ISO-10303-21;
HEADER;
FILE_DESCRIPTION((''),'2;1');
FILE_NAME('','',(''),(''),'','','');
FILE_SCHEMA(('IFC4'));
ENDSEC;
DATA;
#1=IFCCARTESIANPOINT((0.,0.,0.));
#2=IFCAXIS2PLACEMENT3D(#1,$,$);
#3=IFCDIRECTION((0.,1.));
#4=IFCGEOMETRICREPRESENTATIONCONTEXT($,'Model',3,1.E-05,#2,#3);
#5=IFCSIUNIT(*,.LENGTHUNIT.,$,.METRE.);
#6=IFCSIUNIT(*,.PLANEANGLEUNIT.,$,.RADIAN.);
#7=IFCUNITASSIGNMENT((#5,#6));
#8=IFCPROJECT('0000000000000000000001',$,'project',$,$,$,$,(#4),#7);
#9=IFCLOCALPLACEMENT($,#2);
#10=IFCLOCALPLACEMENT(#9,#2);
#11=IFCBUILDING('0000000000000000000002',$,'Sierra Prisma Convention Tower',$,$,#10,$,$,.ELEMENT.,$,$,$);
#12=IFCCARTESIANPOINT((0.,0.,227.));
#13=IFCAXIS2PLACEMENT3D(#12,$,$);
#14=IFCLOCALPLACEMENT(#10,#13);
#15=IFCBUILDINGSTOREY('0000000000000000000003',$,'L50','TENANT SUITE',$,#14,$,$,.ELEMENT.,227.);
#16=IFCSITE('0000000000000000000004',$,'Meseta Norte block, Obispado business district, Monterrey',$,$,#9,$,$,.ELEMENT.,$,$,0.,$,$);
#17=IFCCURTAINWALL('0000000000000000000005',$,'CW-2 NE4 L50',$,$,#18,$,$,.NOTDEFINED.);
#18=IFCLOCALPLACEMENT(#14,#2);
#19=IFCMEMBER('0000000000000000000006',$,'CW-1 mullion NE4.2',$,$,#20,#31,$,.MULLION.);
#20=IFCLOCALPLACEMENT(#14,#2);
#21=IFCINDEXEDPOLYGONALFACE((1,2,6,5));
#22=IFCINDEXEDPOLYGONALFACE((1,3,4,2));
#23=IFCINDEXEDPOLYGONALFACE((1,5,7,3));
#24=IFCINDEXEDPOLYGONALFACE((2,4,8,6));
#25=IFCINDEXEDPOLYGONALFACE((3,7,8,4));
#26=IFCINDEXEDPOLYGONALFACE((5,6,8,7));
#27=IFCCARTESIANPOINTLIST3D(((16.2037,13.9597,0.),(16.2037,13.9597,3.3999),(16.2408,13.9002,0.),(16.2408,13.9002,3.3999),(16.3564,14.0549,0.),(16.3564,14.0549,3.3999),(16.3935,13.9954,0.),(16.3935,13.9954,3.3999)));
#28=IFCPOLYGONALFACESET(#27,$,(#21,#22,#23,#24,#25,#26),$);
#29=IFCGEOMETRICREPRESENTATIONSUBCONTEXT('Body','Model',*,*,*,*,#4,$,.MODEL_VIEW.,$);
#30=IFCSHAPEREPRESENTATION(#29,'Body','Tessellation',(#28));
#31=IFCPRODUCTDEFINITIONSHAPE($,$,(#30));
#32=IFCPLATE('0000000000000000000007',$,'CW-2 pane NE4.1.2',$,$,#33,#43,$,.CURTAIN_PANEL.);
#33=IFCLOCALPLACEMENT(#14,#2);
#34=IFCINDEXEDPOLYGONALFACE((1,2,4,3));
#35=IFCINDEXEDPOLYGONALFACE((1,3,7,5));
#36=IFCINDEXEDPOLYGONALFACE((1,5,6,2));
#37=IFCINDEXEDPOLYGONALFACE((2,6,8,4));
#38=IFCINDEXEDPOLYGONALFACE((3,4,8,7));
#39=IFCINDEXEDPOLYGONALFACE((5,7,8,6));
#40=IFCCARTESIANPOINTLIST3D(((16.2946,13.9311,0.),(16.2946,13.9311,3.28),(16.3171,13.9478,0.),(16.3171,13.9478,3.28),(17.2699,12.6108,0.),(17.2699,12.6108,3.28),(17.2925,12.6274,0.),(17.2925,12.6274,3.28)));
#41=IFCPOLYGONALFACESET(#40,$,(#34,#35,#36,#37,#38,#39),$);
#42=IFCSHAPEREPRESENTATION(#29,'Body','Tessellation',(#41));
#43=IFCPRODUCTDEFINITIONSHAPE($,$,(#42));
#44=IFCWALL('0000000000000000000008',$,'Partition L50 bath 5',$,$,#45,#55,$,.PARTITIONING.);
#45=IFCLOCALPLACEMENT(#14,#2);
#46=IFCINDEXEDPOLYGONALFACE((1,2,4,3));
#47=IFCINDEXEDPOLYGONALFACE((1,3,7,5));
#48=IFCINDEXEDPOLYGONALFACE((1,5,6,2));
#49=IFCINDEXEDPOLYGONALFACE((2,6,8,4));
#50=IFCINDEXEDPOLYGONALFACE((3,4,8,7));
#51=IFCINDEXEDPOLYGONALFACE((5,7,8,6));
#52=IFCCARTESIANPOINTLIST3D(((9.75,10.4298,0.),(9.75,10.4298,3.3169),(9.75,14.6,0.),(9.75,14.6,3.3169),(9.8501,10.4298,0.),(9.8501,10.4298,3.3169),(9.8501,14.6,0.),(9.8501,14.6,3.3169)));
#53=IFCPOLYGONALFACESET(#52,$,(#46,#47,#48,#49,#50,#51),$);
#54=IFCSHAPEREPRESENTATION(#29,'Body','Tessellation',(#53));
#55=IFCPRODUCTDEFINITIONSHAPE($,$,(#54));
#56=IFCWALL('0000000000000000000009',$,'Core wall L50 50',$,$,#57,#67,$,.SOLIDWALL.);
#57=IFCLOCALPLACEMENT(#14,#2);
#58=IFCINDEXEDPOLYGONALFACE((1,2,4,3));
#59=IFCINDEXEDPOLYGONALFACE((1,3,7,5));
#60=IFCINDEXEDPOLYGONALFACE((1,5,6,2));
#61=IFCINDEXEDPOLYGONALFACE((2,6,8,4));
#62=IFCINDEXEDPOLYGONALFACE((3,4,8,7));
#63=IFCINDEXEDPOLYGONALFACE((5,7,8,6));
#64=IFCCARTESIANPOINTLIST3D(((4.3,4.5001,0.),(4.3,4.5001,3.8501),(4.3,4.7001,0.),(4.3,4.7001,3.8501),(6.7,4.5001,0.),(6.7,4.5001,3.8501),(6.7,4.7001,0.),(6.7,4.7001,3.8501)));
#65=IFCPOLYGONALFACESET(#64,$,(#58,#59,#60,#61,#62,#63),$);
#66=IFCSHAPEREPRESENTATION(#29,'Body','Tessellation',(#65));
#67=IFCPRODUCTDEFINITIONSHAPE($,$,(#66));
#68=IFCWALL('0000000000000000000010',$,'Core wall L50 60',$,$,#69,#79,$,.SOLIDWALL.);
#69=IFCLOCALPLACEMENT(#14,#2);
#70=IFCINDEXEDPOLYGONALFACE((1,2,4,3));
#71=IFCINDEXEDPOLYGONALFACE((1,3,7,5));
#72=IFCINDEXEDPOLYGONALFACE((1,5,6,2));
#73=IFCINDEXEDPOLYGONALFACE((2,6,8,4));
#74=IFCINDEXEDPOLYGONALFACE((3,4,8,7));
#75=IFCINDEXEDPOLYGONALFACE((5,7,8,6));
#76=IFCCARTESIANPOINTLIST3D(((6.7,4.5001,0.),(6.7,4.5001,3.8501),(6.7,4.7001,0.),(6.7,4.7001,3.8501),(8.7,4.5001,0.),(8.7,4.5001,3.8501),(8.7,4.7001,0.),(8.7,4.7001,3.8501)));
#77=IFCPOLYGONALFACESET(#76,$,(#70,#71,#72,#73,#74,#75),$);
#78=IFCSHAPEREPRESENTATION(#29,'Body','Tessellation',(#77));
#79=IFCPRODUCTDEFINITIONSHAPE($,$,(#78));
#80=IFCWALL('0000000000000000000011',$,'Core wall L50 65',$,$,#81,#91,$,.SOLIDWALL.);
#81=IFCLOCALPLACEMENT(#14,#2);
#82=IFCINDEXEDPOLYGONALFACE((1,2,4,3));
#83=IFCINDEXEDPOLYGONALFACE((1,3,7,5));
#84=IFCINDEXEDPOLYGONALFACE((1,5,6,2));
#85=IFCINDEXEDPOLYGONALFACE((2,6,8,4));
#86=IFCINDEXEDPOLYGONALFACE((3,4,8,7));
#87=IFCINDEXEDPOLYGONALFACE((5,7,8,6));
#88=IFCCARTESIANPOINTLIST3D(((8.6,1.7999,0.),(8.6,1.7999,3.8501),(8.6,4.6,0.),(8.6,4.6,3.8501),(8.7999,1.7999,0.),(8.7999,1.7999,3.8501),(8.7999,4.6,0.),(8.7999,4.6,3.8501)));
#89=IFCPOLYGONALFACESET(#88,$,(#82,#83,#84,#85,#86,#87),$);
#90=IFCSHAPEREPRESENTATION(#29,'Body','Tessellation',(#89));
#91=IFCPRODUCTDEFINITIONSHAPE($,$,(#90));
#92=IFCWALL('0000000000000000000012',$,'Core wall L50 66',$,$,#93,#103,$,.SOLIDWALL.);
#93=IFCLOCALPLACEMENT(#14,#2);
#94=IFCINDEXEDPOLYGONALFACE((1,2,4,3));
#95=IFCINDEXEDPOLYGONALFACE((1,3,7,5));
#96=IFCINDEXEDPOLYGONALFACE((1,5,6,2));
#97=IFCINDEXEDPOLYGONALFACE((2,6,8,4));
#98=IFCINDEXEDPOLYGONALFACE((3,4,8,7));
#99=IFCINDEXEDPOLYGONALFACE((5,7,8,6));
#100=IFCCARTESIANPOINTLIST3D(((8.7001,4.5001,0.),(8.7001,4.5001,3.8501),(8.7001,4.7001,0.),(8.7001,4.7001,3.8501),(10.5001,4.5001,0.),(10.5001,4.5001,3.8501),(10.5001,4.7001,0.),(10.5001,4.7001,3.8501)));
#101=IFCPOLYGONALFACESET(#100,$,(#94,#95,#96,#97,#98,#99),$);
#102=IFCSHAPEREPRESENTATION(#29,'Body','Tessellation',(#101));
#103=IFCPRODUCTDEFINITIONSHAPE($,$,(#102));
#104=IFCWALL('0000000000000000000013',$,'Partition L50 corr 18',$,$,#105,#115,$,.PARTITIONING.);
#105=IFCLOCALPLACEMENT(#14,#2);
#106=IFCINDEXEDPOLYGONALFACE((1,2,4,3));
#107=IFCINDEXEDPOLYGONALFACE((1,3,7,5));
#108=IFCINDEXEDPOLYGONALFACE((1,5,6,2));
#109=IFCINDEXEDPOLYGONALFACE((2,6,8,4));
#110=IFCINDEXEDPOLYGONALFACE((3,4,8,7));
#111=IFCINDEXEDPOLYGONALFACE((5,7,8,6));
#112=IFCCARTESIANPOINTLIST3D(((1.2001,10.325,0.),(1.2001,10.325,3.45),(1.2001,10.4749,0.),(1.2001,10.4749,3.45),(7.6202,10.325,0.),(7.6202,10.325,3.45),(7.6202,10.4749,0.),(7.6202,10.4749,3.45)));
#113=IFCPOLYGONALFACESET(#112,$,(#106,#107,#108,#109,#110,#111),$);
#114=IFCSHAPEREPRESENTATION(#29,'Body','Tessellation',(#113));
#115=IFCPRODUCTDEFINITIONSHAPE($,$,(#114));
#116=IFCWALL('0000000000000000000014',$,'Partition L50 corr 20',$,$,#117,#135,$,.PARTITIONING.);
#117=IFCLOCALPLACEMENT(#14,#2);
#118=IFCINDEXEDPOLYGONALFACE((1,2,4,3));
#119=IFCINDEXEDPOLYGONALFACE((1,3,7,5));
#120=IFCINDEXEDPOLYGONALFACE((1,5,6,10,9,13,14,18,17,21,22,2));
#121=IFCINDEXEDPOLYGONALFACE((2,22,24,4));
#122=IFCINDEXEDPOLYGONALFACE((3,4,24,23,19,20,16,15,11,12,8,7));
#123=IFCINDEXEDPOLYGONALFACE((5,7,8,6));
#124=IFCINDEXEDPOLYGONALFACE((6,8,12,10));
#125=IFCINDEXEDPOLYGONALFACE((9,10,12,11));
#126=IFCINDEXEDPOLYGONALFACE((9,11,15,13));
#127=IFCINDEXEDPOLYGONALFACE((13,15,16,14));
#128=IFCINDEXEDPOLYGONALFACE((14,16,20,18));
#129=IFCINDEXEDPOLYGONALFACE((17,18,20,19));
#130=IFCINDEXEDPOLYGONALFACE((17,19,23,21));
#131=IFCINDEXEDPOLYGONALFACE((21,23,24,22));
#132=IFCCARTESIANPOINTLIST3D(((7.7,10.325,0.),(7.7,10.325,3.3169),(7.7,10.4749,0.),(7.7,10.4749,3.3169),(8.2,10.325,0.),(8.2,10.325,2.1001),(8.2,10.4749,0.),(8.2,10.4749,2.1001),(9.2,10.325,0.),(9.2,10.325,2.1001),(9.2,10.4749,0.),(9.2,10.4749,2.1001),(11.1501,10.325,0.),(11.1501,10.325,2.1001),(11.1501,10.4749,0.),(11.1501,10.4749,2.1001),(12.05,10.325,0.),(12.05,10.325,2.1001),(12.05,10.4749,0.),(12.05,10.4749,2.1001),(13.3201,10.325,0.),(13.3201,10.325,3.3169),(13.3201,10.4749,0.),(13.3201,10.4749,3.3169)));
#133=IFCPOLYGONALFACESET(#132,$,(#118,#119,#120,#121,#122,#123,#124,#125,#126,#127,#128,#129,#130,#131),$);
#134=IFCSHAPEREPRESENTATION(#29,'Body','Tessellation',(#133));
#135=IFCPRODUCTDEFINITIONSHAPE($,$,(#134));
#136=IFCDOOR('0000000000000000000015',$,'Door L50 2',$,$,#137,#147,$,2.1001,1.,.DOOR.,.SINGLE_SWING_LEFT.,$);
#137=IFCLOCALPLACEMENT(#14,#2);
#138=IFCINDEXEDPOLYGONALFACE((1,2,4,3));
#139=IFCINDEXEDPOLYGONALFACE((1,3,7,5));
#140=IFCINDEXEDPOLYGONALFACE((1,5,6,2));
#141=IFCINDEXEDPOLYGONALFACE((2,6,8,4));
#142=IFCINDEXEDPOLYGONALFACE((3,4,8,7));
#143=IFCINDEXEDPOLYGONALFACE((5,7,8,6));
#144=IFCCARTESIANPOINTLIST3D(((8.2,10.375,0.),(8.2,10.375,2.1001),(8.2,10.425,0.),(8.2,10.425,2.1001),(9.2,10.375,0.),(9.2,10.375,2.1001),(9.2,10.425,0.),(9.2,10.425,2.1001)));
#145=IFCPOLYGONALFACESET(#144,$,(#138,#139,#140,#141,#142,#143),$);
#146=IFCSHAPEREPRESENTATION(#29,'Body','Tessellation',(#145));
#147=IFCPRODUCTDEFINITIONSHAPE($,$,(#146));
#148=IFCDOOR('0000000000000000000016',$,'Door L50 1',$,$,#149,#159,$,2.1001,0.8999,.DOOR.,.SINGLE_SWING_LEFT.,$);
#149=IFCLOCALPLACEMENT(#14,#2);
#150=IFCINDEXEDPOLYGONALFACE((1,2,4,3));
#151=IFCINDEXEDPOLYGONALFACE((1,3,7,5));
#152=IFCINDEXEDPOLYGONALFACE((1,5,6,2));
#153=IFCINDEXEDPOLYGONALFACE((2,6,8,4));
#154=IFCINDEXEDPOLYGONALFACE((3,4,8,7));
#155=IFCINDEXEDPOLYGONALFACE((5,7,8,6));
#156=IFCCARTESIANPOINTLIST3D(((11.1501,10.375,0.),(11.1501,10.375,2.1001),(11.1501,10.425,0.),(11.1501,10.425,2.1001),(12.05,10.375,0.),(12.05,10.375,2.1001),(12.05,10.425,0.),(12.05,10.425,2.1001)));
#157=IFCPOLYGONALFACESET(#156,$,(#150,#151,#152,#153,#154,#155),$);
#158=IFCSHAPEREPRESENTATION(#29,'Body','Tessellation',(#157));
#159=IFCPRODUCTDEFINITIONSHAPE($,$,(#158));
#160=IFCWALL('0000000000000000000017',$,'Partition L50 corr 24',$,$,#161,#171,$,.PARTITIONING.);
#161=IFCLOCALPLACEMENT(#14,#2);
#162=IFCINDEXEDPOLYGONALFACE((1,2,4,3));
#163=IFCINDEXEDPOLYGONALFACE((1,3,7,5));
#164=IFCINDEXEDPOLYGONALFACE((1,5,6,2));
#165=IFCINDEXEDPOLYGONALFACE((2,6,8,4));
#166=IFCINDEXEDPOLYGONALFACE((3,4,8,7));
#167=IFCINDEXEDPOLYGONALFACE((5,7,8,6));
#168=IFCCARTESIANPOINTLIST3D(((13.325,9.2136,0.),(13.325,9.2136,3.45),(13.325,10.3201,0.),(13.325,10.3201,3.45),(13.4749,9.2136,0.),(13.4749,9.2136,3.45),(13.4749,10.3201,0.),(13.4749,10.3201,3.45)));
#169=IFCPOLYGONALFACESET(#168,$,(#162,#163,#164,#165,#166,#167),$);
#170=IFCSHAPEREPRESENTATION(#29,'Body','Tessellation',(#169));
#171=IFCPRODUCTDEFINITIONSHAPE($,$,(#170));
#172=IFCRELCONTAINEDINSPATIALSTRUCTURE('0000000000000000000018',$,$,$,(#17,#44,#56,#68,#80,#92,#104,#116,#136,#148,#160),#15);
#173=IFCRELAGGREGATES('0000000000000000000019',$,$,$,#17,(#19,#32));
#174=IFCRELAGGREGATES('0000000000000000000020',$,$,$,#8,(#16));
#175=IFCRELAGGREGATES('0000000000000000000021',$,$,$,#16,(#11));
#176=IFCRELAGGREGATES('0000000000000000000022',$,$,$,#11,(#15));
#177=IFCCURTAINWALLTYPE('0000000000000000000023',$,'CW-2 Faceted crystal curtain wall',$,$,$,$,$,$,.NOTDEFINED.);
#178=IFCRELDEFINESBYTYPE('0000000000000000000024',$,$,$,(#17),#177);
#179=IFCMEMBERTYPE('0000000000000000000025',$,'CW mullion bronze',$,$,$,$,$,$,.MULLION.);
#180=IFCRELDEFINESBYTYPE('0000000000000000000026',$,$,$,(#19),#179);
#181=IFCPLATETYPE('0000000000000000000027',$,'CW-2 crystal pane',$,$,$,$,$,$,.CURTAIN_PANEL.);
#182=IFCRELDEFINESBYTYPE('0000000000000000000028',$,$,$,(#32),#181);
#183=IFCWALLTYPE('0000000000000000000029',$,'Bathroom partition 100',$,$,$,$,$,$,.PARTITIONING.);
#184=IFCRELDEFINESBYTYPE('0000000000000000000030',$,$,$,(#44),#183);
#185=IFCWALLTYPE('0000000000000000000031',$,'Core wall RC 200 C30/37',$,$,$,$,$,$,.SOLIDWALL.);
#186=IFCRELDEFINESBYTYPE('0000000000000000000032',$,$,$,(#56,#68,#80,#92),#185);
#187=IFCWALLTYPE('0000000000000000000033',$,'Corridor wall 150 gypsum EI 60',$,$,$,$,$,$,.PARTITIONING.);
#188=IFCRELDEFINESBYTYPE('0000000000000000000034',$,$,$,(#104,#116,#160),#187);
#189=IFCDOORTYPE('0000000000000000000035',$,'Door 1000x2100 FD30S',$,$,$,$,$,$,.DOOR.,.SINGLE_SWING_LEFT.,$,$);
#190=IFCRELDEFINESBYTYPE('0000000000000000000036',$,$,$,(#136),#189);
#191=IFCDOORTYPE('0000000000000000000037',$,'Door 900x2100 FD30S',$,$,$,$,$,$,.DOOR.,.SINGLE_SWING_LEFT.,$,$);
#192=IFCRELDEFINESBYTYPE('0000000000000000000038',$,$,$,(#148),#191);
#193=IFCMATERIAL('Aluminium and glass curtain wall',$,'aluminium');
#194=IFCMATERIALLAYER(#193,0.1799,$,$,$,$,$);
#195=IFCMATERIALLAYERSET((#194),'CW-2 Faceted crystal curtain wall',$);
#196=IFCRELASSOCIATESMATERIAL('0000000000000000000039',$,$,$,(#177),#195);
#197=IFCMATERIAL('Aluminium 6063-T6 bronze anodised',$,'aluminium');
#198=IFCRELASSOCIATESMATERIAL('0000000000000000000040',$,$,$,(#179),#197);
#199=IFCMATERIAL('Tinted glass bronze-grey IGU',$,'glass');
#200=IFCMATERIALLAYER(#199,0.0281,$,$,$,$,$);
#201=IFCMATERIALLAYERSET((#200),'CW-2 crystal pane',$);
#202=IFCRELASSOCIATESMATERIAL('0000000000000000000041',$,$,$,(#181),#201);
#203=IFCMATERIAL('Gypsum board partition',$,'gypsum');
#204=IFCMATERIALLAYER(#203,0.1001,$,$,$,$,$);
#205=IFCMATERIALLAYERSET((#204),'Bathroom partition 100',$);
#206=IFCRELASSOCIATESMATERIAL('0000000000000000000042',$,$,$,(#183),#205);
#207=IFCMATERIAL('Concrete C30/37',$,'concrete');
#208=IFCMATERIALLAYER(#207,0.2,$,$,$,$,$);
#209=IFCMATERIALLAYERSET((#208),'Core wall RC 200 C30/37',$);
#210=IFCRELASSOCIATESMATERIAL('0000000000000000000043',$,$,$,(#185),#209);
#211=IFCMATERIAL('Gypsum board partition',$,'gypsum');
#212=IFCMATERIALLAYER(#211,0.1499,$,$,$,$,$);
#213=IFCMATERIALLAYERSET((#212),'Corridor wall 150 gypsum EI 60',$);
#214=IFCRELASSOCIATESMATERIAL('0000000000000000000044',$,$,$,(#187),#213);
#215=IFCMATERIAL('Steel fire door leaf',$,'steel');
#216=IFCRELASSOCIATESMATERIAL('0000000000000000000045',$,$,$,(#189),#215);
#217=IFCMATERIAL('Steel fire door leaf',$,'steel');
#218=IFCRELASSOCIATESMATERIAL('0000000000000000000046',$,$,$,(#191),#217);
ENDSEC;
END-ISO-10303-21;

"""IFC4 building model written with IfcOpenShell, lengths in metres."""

from ifc_helpers import new_model, si_unit, direction, frame, frame_2d, origin, origin_2d, place, context, subcontext, project, spatial, polyline, rectangle, outline, extrude, material, layer, layer_set, material_profile, profile_set, type_object, element, fill, aggregate, save


model = new_model("IFC4")

# Units and contexts
model_context = context("Model", 3, precision=1e-05, world=origin(), true_north=direction((0.0, 1.0)))
body_context = subcontext(model_context, "Body", "Model", "MODEL_VIEW")
ifc_project = project(units=[si_unit("LENGTHUNIT", "METRE"), si_unit("PLANEANGLEUNIT", "RADIAN")], contexts=[model_context])

# Site, building, storey
site_placement = place(None, origin())
site = spatial("IfcSite", under=ifc_project, at=site_placement, Name="Meseta Norte block, Obispado business district, Monterrey", CompositionType="ELEMENT", RefElevation=0.0)
building_placement = place(site_placement, origin())
building = spatial("IfcBuilding", under=site, at=building_placement, Name="Sierra Prisma Convention Tower", CompositionType="ELEMENT")
storey_placement = place(building_placement, frame((0.0, 0.0, 227.0)))
storey = spatial("IfcBuildingStorey", under=building, at=storey_placement, Name="L50", Description="TENANT SUITE", CompositionType="ELEMENT", Elevation=227.0)

# Curtain wall, member, plate
ifc_material_1 = material(Name="Aluminium and glass curtain wall", Category="aluminium")
ifc_layer_1 = layer(ifc_material_1, 0.1799)
ifc_layer_set_1 = layer_set([ifc_layer_1], Name="CW-2 Faceted crystal curtain wall")
curtain_wall_type = type_object("IfcCurtainWallType", Name="CW-2 Faceted crystal curtain wall", PredefinedType="NOTDEFINED", material=ifc_layer_set_1)
curtain_wall_placement = place(storey_placement, origin())
curtain_wall = element("IfcCurtainWall", 1, at=curtain_wall_placement, inside=storey, type_object=curtain_wall_type, Name="CW-2 NE4 L50", PredefinedType="NOTDEFINED")
ifc_material_2 = material(Name="Aluminium 6063-T6 bronze anodised", Category="aluminium")
ifc_material_profile = material_profile(ifc_material_2, rectangle(XDim=0.1799, YDim=0.0701, at=origin_2d()), Name="ALU MULLION 70x180")
ifc_profile_set = profile_set([ifc_material_profile], Name="Aluminium 6063-T6 bronze anodised")
member_type = type_object("IfcMemberType", Name="CW mullion bronze", PredefinedType="MULLION", material=ifc_profile_set)
member_placement = place(storey_placement, frame((16.2986, 13.9775, 0.0), z_axis=(0.0, 0.0, 1.0), x_axis=(-0.848503, -0.529191, 0.0)))
member = element("IfcMember", 2, at=member_placement, type_object=member_type, Name="CW-1 mullion NE4.2", PredefinedType="MULLION", context=body_context, shape_type="SweptSolid", body=[
    extrude(rectangle(XDim=0.1799, YDim=0.0701, at=origin_2d()), origin(), (0.0, 0.0, 1.0), 3.3999),
])
ifc_material_3 = material(Name="Tinted glass bronze-grey IGU", Category="glass")
ifc_layer_2 = layer(ifc_material_3, 0.0281)
ifc_layer_set_2 = layer_set([ifc_layer_2], Name="CW-2 crystal pane")
plate_type = type_object("IfcPlateType", Name="CW-2 crystal pane", PredefinedType="CURTAIN_PANEL", material=ifc_layer_set_2)
plate_placement = place(storey_placement, frame((16.3171, 13.9478, 0.0), z_axis=(0.804334, 0.594178, 0.0), x_axis=(0.594178, -0.804334, 0.0)))
plate = element("IfcPlate", 3, at=plate_placement, type_object=plate_type, Name="CW-2 pane NE4.1.2", PredefinedType="CURTAIN_PANEL", context=body_context, shape_type="SweptSolid", body=[
    extrude(outline(polyline([(0.0, 0.0), (1.6415, 0.0), (1.6415, -3.28), (0.0, -3.28), (0.0, 0.0)])), origin(), (0.0, 0.0, -1.0), 0.0281),
])
aggregate(curtain_wall, [member, plate])

# Walls
ifc_material_4 = material(Name="Gypsum board partition", Category="gypsum")
ifc_layer_3 = layer(ifc_material_4, 0.1001)
ifc_layer_set_3 = layer_set([ifc_layer_3], Name="Bathroom partition 100")
wall_type_1 = type_object("IfcWallType", Name="Bathroom partition 100", PredefinedType="PARTITIONING", material=ifc_layer_set_3)
wall_1_placement = place(storey_placement, frame((9.8, 10.4299, 0.0), z_axis=(0.0, 0.0, 1.0), x_axis=(0.0, 1.0, 0.0)))
element("IfcWall", 4, at=wall_1_placement, inside=storey, type_object=wall_type_1, Name="Partition L50 bath 5", PredefinedType="PARTITIONING", context=body_context, shape_type="SweptSolid", body=[
    extrude(rectangle(XDim=4.1702, YDim=0.1001, at=frame_2d((2.085, 0.0))), origin(), (0.0, 0.0, 1.0), 3.3169),
])
ifc_material_5 = material(Name="Concrete C30/37", Category="concrete")
ifc_layer_4 = layer(ifc_material_5, 0.2)
ifc_layer_set_4 = layer_set([ifc_layer_4], Name="Core wall RC 200 C30/37")
wall_type_2 = type_object("IfcWallType", Name="Core wall RC 200 C30/37", PredefinedType="SOLIDWALL", material=ifc_layer_set_4)
wall_2_placement = place(storey_placement, frame((6.7, 4.6001, 0.0), z_axis=(0.0, 0.0, 1.0), x_axis=(-1.0, 0.0, 0.0)))
element("IfcWall", 5, at=wall_2_placement, inside=storey, type_object=wall_type_2, Name="Core wall L50 50", PredefinedType="SOLIDWALL", context=body_context, shape_type="SweptSolid", body=[
    extrude(rectangle(XDim=2.3999, YDim=0.2, at=frame_2d((1.2, 0.0))), origin(), (0.0, 0.0, 1.0), 3.8501),
])
wall_3_placement = place(storey_placement, frame((8.7, 4.6001, 0.0), z_axis=(0.0, 0.0, 1.0), x_axis=(-1.0, 0.0, 0.0)))
element("IfcWall", 6, at=wall_3_placement, inside=storey, type_object=wall_type_2, Name="Core wall L50 60", PredefinedType="SOLIDWALL", context=body_context, shape_type="SweptSolid", body=[
    extrude(rectangle(XDim=2.0, YDim=0.2, at=frame_2d((1.0, 0.0))), origin(), (0.0, 0.0, 1.0), 3.8501),
])

# Walls
wall_4_placement = place(storey_placement, frame((8.7, 1.8, 0.0), z_axis=(0.0, 0.0, 1.0), x_axis=(0.0, 1.0, 0.0)))
element("IfcWall", 7, at=wall_4_placement, inside=storey, type_object=wall_type_2, Name="Core wall L50 65", PredefinedType="SOLIDWALL", context=body_context, shape_type="SweptSolid", body=[
    extrude(rectangle(XDim=2.8, YDim=0.2, at=frame_2d((1.3999, 0.0))), origin(), (0.0, 0.0, 1.0), 3.8501),
])
wall_5_placement = place(storey_placement, frame((10.5, 4.6001, 0.0), z_axis=(0.0, 0.0, 1.0), x_axis=(-1.0, 0.0, 0.0)))
element("IfcWall", 8, at=wall_5_placement, inside=storey, type_object=wall_type_2, Name="Core wall L50 66", PredefinedType="SOLIDWALL", context=body_context, shape_type="SweptSolid", body=[
    extrude(rectangle(XDim=1.8, YDim=0.2, at=frame_2d((0.8999, 0.0))), origin(), (0.0, 0.0, 1.0), 3.8501),
])
ifc_material_6 = material(Name="Gypsum board partition", Category="gypsum")
ifc_layer_5 = layer(ifc_material_6, 0.1499)
ifc_layer_set_5 = layer_set([ifc_layer_5], Name="Corridor wall 150 gypsum EI 60")
wall_type_3 = type_object("IfcWallType", Name="Corridor wall 150 gypsum EI 60", PredefinedType="PARTITIONING", material=ifc_layer_set_5)
wall_6_placement = place(storey_placement, frame((7.6201, 10.3999, 0.0), z_axis=(0.0, 0.0, 1.0), x_axis=(-1.0, 0.0, 0.0)))
element("IfcWall", 9, at=wall_6_placement, inside=storey, type_object=wall_type_3, Name="Partition L50 corr 18", PredefinedType="PARTITIONING", context=body_context, shape_type="SweptSolid", body=[
    extrude(rectangle(XDim=6.4202, YDim=0.1499, at=frame_2d((3.21, 0.0))), origin(), (0.0, 0.0, 1.0), 3.45),
])

# Wall, openings, doors
wall_7_placement = place(storey_placement, frame((13.3201, 10.3999, 0.0), z_axis=(0.0, 0.0, 1.0), x_axis=(-1.0, 0.0, 0.0)))
wall_7 = element("IfcWall", 10, at=wall_7_placement, inside=storey, type_object=wall_type_3, Name="Partition L50 corr 20", PredefinedType="PARTITIONING", context=body_context, shape_type="SweptSolid", body=[
    extrude(rectangle(XDim=5.6201, YDim=0.1499, at=frame_2d((2.8101, 0.0))), origin(), (0.0, 0.0, 1.0), 3.3169),
])
opening_1_placement = place(wall_7_placement, frame((1.27, 0.0, 0.0)))
opening_1 = element("IfcOpeningElement", 11, at=opening_1_placement, cuts=wall_7, PredefinedType="OPENING", context=body_context, shape_type="SweptSolid", body=[
    extrude(rectangle(XDim=0.8999, YDim=2.1001, at=frame_2d((0.45, 1.05))), frame((0.0, 0.075, 0.0), z_axis=(0.0, -1.0, 0.0), x_axis=(1.0, 0.0, 0.0)), (0.0, 0.0, 1.0), 0.1499),
])
opening_2_placement = place(wall_7_placement, frame((4.1201, 0.0, 0.0)))
opening_2 = element("IfcOpeningElement", 12, at=opening_2_placement, cuts=wall_7, PredefinedType="OPENING", context=body_context, shape_type="SweptSolid", body=[
    extrude(rectangle(XDim=1.0, YDim=2.1001, at=frame_2d((0.5, 1.05))), frame((0.0, 0.075, 0.0), z_axis=(0.0, -1.0, 0.0), x_axis=(1.0, 0.0, 0.0)), (0.0, 0.0, 1.0), 0.1499),
])
ifc_material_7 = material(Name="Steel fire door leaf", Category="steel")
door_type_1 = type_object("IfcDoorType", Name="Door 1000x2100 FD30S", OperationType="SINGLE_SWING_LEFT", PredefinedType="DOOR", material=ifc_material_7)
door_1_placement = place(opening_2_placement, origin())
door_1 = element("IfcDoor", 13, at=door_1_placement, inside=storey, type_object=door_type_1, Name="Door L50 2", OperationType="SINGLE_SWING_LEFT", OverallHeight=2.1001, OverallWidth=1.0, PredefinedType="DOOR", context=body_context, shape_type="SweptSolid", body=[
    extrude(rectangle(XDim=1.0, YDim=2.1001, at=frame_2d((0.5, 1.05))), frame((0.0, 0.0249, 0.0), z_axis=(0.0, -1.0, 0.0), x_axis=(1.0, 0.0, 0.0)), (0.0, 0.0, 1.0), 0.05),
])
fill(opening_2, door_1)
ifc_material_8 = material(Name="Steel fire door leaf", Category="steel")
door_type_2 = type_object("IfcDoorType", Name="Door 900x2100 FD30S", OperationType="SINGLE_SWING_LEFT", PredefinedType="DOOR", material=ifc_material_8)
door_2_placement = place(opening_1_placement, origin())
door_2 = element("IfcDoor", 14, at=door_2_placement, inside=storey, type_object=door_type_2, Name="Door L50 1", OperationType="SINGLE_SWING_LEFT", OverallHeight=2.1001, OverallWidth=0.8999, PredefinedType="DOOR", context=body_context, shape_type="SweptSolid", body=[
    extrude(rectangle(XDim=0.8999, YDim=2.1001, at=frame_2d((0.45, 1.05))), frame((0.0, 0.0249, 0.0), z_axis=(0.0, -1.0, 0.0), x_axis=(1.0, 0.0, 0.0)), (0.0, 0.0, 1.0), 0.05),
])
fill(opening_1, door_2)

# Wall
wall_8_placement = place(storey_placement, frame((13.3999, 9.2136, 0.0), z_axis=(0.0, 0.0, 1.0), x_axis=(0.0, 1.0, 0.0)))
element("IfcWall", 15, at=wall_8_placement, inside=storey, type_object=wall_type_3, Name="Partition L50 corr 24", PredefinedType="PARTITIONING", context=body_context, shape_type="SweptSolid", body=[
    extrude(rectangle(XDim=1.1064, YDim=0.1499, at=frame_2d((0.5532, 0.0))), origin(), (0.0, 0.0, 1.0), 3.45),
])

save(model, "model.ifc")
